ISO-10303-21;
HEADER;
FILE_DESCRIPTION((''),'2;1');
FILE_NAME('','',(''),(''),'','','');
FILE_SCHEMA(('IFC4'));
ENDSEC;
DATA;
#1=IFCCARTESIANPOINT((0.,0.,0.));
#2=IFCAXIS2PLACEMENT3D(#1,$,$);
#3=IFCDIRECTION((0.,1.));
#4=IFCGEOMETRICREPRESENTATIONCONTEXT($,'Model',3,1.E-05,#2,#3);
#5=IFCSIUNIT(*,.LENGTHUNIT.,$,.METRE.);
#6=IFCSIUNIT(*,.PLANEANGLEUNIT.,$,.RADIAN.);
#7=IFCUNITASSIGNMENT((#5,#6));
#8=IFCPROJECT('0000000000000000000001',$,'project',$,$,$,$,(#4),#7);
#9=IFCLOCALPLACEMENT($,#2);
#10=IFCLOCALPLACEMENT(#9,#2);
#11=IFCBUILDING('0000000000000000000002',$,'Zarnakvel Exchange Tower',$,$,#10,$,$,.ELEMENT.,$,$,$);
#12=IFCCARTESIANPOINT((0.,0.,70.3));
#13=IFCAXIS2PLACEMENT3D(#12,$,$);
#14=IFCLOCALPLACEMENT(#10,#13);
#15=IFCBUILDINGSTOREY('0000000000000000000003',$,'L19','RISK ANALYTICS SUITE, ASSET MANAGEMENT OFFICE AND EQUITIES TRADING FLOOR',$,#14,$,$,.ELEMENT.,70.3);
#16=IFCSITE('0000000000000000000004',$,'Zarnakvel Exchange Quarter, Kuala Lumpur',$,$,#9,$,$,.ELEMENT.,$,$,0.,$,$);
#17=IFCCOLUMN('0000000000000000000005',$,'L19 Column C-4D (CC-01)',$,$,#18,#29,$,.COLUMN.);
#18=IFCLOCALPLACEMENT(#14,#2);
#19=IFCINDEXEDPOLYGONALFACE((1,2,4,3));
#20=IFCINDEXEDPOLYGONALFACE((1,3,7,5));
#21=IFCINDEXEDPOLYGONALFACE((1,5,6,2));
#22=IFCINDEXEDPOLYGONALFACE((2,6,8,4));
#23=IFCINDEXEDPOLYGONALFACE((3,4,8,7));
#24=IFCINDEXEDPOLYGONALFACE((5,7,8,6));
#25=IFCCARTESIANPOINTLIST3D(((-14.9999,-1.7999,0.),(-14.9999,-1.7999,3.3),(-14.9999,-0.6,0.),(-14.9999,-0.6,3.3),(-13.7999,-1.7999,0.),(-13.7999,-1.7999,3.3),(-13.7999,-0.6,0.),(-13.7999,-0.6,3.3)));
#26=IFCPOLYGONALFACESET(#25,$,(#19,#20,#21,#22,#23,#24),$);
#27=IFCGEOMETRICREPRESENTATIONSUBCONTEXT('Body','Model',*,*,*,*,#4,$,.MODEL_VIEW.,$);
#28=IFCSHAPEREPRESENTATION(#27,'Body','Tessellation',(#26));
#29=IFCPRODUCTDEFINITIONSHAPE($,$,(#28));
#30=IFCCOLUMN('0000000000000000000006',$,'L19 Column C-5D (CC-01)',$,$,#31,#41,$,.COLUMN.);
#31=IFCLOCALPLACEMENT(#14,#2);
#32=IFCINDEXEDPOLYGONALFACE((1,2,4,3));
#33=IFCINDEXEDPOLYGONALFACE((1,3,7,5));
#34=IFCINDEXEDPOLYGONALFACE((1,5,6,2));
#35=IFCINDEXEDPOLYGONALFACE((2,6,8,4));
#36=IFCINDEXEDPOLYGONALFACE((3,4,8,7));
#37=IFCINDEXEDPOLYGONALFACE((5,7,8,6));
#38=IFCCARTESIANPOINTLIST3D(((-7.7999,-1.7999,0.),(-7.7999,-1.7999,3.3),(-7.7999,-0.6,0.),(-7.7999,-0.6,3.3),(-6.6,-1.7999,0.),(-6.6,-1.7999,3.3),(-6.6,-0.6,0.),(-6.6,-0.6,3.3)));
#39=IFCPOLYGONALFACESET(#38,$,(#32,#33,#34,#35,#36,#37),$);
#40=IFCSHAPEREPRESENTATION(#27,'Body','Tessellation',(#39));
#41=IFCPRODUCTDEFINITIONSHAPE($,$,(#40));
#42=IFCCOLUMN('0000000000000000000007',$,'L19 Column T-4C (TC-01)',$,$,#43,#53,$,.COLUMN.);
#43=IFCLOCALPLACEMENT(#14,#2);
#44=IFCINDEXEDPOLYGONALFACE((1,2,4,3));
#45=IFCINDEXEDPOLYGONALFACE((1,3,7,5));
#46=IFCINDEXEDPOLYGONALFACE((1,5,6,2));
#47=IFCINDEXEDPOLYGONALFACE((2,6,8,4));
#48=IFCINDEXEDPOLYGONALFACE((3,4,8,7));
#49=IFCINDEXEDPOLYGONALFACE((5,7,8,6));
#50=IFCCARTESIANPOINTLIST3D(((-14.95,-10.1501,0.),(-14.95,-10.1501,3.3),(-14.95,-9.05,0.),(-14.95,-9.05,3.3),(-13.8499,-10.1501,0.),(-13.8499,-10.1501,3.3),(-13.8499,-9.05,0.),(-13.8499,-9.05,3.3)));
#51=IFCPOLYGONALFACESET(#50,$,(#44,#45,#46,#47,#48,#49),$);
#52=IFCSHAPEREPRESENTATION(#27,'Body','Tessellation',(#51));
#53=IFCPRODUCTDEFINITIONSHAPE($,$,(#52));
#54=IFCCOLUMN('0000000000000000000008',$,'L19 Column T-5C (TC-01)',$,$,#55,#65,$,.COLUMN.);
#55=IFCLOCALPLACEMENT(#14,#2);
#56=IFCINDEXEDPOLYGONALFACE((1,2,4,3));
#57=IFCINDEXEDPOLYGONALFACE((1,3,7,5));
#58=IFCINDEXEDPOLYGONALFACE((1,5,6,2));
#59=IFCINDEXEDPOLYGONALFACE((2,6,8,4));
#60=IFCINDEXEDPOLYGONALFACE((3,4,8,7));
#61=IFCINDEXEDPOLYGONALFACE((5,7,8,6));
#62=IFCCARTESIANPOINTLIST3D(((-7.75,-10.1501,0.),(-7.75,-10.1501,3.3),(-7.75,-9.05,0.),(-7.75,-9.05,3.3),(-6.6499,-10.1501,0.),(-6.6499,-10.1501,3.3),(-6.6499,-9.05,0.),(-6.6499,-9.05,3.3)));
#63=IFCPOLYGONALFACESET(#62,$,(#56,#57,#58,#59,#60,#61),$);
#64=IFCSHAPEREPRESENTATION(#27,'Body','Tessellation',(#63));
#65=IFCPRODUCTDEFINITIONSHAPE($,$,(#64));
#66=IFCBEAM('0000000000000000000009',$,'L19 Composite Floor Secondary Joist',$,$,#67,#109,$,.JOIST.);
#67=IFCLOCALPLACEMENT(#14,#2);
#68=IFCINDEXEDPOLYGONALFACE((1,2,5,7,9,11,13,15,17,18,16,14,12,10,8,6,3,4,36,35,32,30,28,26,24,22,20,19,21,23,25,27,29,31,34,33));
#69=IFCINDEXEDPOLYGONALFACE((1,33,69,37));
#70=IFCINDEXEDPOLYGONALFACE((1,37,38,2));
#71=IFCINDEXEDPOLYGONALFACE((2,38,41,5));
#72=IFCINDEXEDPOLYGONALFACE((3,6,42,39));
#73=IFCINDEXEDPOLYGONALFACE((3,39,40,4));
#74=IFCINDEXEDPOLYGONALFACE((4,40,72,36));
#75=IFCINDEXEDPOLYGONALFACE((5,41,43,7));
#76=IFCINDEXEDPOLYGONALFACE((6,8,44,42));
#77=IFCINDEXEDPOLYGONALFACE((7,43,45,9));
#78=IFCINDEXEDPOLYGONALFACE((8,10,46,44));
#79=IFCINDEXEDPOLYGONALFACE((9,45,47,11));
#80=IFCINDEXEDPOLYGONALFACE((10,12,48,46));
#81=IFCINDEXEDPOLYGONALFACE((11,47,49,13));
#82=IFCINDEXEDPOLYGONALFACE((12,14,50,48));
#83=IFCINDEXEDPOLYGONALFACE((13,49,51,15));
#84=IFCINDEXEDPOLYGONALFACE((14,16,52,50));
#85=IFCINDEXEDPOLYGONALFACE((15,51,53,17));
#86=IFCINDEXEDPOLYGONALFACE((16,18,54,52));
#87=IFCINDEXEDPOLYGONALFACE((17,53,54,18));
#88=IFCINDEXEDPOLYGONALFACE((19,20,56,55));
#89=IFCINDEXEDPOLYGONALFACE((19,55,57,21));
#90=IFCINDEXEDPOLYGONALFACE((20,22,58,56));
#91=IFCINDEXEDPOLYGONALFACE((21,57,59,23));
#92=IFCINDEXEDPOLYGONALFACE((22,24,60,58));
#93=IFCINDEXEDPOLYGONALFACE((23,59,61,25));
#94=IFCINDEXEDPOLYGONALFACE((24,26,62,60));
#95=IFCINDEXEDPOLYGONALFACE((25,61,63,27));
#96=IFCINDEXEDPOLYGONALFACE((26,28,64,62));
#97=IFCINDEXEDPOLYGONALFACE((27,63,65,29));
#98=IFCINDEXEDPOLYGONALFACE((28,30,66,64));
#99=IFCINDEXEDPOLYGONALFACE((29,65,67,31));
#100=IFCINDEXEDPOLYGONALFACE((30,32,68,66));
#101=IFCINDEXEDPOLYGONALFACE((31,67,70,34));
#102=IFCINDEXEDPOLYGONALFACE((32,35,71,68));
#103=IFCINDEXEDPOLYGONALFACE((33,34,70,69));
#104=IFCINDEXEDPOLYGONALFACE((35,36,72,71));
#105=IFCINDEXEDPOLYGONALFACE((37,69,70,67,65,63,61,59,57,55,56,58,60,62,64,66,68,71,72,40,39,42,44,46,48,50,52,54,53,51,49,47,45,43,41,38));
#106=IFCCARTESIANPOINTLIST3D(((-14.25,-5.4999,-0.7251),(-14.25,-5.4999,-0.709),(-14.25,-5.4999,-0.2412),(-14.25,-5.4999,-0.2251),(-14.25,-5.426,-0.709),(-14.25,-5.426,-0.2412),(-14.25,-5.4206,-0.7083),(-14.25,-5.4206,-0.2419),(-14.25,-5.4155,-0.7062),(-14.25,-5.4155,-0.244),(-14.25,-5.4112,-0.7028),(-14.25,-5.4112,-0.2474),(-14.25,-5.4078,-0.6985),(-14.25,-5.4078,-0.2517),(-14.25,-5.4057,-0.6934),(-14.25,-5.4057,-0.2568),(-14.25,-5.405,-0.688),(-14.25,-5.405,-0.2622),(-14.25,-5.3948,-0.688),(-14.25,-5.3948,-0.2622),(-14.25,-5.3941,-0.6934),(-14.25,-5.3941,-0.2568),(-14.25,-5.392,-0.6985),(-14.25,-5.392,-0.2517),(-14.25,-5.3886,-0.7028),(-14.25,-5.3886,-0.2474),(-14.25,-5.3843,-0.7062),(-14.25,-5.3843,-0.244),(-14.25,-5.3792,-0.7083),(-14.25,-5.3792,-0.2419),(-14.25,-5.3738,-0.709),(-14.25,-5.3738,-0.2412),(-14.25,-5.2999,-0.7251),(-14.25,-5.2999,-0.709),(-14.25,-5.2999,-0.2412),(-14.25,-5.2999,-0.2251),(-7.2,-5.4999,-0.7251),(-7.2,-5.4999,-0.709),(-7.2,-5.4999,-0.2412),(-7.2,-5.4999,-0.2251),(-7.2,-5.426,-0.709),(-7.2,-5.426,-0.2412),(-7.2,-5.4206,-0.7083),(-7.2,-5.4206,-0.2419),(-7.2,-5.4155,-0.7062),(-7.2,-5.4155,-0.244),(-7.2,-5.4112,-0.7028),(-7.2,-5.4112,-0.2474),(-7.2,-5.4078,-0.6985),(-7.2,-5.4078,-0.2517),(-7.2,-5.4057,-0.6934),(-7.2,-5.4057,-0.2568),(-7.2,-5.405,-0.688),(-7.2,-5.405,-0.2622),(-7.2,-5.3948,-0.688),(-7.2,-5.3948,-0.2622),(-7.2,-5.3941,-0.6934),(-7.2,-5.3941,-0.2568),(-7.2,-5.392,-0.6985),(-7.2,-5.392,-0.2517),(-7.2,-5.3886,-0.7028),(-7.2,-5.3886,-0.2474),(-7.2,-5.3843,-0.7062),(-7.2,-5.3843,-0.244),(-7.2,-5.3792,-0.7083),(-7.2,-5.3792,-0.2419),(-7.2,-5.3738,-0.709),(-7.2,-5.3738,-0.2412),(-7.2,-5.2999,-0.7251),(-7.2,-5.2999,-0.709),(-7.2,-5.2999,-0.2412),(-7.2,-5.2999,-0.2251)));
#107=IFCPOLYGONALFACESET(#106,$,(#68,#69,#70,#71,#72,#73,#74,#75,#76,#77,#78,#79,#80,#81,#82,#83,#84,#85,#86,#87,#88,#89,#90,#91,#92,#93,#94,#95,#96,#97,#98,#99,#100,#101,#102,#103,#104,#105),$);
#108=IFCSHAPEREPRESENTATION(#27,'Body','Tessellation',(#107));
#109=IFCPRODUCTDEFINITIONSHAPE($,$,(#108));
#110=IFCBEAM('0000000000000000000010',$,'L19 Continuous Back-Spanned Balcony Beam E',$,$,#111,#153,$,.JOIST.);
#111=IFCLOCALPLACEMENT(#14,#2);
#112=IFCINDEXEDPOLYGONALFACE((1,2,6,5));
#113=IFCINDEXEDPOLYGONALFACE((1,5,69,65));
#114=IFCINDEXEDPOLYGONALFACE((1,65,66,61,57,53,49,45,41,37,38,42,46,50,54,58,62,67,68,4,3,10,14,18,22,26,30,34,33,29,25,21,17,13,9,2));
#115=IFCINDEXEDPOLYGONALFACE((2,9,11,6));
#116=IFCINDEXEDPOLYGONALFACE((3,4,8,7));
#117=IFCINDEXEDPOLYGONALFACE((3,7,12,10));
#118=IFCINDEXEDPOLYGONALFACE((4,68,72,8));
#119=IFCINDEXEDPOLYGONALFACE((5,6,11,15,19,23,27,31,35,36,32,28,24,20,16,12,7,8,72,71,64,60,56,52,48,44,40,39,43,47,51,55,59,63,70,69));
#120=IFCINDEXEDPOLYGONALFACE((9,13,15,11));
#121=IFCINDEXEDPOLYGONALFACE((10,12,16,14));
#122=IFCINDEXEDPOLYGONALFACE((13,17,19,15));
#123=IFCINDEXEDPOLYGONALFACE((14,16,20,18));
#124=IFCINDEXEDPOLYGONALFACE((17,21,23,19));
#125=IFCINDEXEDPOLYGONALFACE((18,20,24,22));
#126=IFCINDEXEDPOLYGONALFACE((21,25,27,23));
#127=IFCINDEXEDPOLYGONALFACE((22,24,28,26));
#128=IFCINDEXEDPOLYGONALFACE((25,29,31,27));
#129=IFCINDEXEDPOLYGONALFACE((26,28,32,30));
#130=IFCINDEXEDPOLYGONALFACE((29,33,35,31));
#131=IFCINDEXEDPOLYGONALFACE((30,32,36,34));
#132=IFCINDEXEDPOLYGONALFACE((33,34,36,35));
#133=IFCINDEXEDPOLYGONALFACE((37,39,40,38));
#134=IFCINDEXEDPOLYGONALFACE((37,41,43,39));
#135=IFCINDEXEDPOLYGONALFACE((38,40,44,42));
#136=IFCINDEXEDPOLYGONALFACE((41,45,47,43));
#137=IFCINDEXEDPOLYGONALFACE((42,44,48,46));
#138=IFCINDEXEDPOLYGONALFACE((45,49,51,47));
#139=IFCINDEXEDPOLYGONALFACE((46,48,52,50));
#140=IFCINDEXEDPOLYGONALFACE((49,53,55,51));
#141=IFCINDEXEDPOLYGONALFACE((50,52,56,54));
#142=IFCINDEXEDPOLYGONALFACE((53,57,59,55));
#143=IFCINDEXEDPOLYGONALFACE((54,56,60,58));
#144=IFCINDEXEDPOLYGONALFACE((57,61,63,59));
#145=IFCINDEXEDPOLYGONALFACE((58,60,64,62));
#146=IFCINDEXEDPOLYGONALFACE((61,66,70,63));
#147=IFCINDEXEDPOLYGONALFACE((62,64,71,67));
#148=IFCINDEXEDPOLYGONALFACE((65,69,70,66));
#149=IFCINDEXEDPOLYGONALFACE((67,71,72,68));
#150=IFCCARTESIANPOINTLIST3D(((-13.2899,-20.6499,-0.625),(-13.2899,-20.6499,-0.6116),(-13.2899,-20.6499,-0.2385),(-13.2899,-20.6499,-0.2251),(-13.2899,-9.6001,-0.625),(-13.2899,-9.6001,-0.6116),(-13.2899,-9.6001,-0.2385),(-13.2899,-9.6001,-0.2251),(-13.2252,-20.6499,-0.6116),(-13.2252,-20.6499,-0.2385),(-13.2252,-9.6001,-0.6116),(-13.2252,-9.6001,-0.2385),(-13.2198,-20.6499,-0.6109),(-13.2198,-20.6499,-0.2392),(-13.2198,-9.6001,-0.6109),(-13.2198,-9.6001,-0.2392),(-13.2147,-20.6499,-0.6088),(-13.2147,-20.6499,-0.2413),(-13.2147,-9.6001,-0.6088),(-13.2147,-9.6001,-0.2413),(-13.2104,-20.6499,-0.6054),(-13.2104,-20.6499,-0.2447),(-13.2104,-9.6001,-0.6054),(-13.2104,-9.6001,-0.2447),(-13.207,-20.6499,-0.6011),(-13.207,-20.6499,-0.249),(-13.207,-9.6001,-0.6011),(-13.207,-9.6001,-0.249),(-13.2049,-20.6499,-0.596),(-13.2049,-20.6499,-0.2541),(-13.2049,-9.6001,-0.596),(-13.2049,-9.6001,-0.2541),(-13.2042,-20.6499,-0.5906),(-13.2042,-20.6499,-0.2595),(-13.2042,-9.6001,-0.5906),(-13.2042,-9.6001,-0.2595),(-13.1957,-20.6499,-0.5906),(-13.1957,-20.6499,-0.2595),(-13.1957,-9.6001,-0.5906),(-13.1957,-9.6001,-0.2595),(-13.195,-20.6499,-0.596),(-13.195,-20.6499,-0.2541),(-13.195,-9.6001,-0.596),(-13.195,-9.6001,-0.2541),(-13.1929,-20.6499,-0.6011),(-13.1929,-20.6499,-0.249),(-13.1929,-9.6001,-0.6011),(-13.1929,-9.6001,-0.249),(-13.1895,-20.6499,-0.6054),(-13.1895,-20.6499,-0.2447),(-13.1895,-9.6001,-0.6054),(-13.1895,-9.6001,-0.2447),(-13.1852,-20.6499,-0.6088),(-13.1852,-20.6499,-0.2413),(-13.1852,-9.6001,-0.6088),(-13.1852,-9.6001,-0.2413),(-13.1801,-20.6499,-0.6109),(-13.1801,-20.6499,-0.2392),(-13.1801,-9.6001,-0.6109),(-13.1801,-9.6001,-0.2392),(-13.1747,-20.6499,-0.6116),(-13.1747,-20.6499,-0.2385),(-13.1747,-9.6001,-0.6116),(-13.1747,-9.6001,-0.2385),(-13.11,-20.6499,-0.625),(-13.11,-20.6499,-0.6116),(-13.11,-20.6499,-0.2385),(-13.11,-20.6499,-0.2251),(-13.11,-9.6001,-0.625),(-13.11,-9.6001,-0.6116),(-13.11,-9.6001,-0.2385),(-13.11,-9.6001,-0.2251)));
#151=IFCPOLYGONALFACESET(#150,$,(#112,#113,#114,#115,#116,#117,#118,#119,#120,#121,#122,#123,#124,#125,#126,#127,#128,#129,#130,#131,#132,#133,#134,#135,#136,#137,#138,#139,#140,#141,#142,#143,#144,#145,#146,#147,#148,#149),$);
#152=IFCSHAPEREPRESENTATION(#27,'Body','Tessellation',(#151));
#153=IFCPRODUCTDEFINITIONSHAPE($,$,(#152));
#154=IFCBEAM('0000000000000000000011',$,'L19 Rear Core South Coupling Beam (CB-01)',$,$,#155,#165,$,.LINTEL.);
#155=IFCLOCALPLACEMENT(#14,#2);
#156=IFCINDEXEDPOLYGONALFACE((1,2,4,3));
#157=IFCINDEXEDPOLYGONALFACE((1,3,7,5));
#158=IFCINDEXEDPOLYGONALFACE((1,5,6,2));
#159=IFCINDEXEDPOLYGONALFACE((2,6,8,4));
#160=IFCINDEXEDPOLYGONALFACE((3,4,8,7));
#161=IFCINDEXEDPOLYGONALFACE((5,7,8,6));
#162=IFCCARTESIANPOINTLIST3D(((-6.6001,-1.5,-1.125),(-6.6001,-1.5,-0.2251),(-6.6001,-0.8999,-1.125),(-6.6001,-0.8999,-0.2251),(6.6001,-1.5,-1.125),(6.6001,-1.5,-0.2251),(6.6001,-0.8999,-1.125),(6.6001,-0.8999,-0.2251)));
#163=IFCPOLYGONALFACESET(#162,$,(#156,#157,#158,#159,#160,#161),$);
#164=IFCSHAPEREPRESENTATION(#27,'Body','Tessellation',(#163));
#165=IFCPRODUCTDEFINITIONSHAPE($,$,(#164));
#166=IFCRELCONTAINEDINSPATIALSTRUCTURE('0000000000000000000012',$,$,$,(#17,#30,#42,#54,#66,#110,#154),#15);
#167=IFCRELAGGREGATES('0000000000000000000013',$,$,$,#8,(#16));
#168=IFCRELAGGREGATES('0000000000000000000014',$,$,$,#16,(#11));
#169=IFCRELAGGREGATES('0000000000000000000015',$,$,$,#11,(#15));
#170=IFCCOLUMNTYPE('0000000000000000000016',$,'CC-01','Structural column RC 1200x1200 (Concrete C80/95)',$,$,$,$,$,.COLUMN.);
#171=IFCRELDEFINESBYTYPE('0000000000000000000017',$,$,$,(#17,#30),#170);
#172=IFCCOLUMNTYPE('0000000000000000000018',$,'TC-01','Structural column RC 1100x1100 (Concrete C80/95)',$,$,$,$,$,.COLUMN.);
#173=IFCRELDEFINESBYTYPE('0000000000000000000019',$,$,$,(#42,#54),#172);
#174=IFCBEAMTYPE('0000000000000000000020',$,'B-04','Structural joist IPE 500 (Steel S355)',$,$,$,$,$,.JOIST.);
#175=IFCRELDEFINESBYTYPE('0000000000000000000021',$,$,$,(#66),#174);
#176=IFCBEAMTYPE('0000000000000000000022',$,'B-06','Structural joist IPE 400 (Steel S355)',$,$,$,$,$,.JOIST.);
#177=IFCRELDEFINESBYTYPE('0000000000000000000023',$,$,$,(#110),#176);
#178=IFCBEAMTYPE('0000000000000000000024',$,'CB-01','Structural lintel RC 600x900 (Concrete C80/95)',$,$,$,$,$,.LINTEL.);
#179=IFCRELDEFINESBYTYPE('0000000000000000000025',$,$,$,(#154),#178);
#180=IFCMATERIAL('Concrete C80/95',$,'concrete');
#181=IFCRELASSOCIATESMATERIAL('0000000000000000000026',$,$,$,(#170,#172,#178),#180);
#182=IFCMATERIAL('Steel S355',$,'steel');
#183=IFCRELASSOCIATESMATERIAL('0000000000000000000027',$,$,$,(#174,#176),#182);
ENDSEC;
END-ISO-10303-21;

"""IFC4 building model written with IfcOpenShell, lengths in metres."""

from ifc_helpers import new_model, si_unit, direction, frame, origin, origin_2d, place, context, subcontext, project, spatial, rectangle, i_section, extrude, material, material_profile, profile_set, type_object, element, save


model = new_model("IFC4")

# Units and contexts
model_context = context("Model", 3, precision=1e-05, world=origin(), true_north=direction((0.0, 1.0)))
body_context = subcontext(model_context, "Body", "Model", "MODEL_VIEW")
ifc_project = project(units=[si_unit("LENGTHUNIT", "METRE"), si_unit("PLANEANGLEUNIT", "RADIAN")], contexts=[model_context])

# Site, building, storey
site_placement = place(None, origin())
site = spatial("IfcSite", under=ifc_project, at=site_placement, Name="Zarnakvel Exchange Quarter, Kuala Lumpur", CompositionType="ELEMENT", RefElevation=0.0)
building_placement = place(site_placement, origin())
building = spatial("IfcBuilding", under=site, at=building_placement, Name="Zarnakvel Exchange Tower", CompositionType="ELEMENT")
storey_placement = place(building_placement, frame((0.0, 0.0, 70.3)))
storey = spatial("IfcBuildingStorey", under=building, at=storey_placement, Name="L19", Description="RISK ANALYTICS SUITE, ASSET MANAGEMENT OFFICE AND EQUITIES TRADING FLOOR", CompositionType="ELEMENT", Elevation=70.3)

# Columns
ifc_material_1 = material(Name="Concrete C80/95", Category="concrete")
ifc_material_profile_1 = material_profile(ifc_material_1, rectangle(XDim=1.2, YDim=1.2, at=origin_2d()))
ifc_profile_set_1 = profile_set([ifc_material_profile_1], Name="Concrete C80/95")
column_type_1 = type_object("IfcColumnType", Name="CC-01", Description="Structural column RC 1200x1200 (Concrete C80/95)", PredefinedType="COLUMN", material=ifc_profile_set_1)
for number, where, z_axis, x_axis, name in (
    (1, (-14.3999, -1.2, 0.0), (0.0, 0.0, 1.0), (1.0, 0.0, 0.0), "L19 Column C-4D (CC-01)"),
    (2, (-7.2, -1.2, 0.0), (0.0, 0.0, 1.0), (1.0, 0.0, 0.0), "L19 Column C-5D (CC-01)"),
):
    element("IfcColumn", number, at=place(storey_placement, frame(where, z_axis=z_axis, x_axis=x_axis)), inside=storey, type_object=column_type_1, Name=name, PredefinedType="COLUMN", context=body_context, shape_type="SweptSolid", body=[
        extrude(rectangle(XDim=1.2, YDim=1.2, at=origin_2d()), origin(), (0.0, 0.0, 1.0), 3.3),
    ])
ifc_material_profile_2 = material_profile(ifc_material_1, rectangle(XDim=1.1001, YDim=1.1001, at=origin_2d()))
ifc_profile_set_2 = profile_set([ifc_material_profile_2], Name="Concrete C80/95")
column_type_2 = type_object("IfcColumnType", Name="TC-01", Description="Structural column RC 1100x1100 (Concrete C80/95)", PredefinedType="COLUMN", material=ifc_profile_set_2)
for number, where, z_axis, x_axis, name in (
    (3, (-14.3999, -9.6001, 0.0), (0.0, 0.0, 1.0), (1.0, 0.0, 0.0), "L19 Column T-4C (TC-01)"),
    (4, (-7.2, -9.6001, 0.0), (0.0, 0.0, 1.0), (1.0, 0.0, 0.0), "L19 Column T-5C (TC-01)"),
):
    element("IfcColumn", number, at=place(storey_placement, frame(where, z_axis=z_axis, x_axis=x_axis)), inside=storey, type_object=column_type_2, Name=name, PredefinedType="COLUMN", context=body_context, shape_type="SweptSolid", body=[
        extrude(rectangle(XDim=1.1001, YDim=1.1001, at=origin_2d()), origin(), (0.0, 0.0, 1.0), 3.3),
    ])

# Beams
ifc_material_2 = material(Name="Steel S355", Category="steel")
ifc_material_profile_3 = material_profile(ifc_material_2, i_section(OverallWidth=0.2, OverallDepth=0.5, WebThickness=0.0103, FlangeThickness=0.0161, FilletRadius=0.021, at=origin_2d()))
ifc_profile_set_3 = profile_set([ifc_material_profile_3], Name="Steel S355")
beam_type_1 = type_object("IfcBeamType", Name="B-04", Description="Structural joist IPE 500 (Steel S355)", PredefinedType="JOIST", material=ifc_profile_set_3)
beam_1_placement = place(storey_placement, frame((-14.25, -5.3999, -0.4751), z_axis=(1.0, 0.0, 0.0), x_axis=(0.0, 1.0, 0.0)))
element("IfcBeam", 5, at=beam_1_placement, inside=storey, type_object=beam_type_1, Name="L19 Composite Floor Secondary Joist", PredefinedType="JOIST", context=body_context, shape_type="SweptSolid", body=[
    extrude(i_section(OverallWidth=0.2, OverallDepth=0.5, WebThickness=0.0103, FlangeThickness=0.0161, FilletRadius=0.021, at=origin_2d()), origin(), (0.0, 0.0, 1.0), 7.05),
])
ifc_material_profile_4 = material_profile(ifc_material_2, i_section(OverallWidth=0.1799, OverallDepth=0.3999, WebThickness=0.0085, FlangeThickness=0.0134, FilletRadius=0.021, at=origin_2d()))
ifc_profile_set_4 = profile_set([ifc_material_profile_4], Name="Steel S355")
beam_type_2 = type_object("IfcBeamType", Name="B-06", Description="Structural joist IPE 400 (Steel S355)", PredefinedType="JOIST", material=ifc_profile_set_4)
beam_2_placement = place(storey_placement, frame((-13.2, -9.6001, -0.425), z_axis=(0.0, -1.0, 0.0), x_axis=(1.0, 0.0, 0.0)))
element("IfcBeam", 6, at=beam_2_placement, inside=storey, type_object=beam_type_2, Name="L19 Continuous Back-Spanned Balcony Beam E", PredefinedType="JOIST", context=body_context, shape_type="SweptSolid", body=[
    extrude(i_section(OverallWidth=0.1799, OverallDepth=0.3999, WebThickness=0.0085, FlangeThickness=0.0134, FilletRadius=0.021, at=origin_2d()), origin(), (0.0, 0.0, 1.0), 11.0498),
])
ifc_material_profile_5 = material_profile(ifc_material_1, rectangle(XDim=0.6001, YDim=0.8999, at=origin_2d()))
ifc_profile_set_5 = profile_set([ifc_material_profile_5], Name="Concrete C80/95")
beam_type_3 = type_object("IfcBeamType", Name="CB-01", Description="Structural lintel RC 600x900 (Concrete C80/95)", PredefinedType="LINTEL", material=ifc_profile_set_5)
beam_3_placement = place(storey_placement, frame((-6.6001, -1.2, -0.675), z_axis=(1.0, 0.0, 0.0), x_axis=(0.0, 1.0, 0.0)))
element("IfcBeam", 7, at=beam_3_placement, inside=storey, type_object=beam_type_3, Name="L19 Rear Core South Coupling Beam (CB-01)", PredefinedType="LINTEL", context=body_context, shape_type="SweptSolid", body=[
    extrude(rectangle(XDim=0.6001, YDim=0.8999, at=origin_2d()), origin(), (0.0, 0.0, 1.0), 13.2002),
])

save(model, "model.ifc")
